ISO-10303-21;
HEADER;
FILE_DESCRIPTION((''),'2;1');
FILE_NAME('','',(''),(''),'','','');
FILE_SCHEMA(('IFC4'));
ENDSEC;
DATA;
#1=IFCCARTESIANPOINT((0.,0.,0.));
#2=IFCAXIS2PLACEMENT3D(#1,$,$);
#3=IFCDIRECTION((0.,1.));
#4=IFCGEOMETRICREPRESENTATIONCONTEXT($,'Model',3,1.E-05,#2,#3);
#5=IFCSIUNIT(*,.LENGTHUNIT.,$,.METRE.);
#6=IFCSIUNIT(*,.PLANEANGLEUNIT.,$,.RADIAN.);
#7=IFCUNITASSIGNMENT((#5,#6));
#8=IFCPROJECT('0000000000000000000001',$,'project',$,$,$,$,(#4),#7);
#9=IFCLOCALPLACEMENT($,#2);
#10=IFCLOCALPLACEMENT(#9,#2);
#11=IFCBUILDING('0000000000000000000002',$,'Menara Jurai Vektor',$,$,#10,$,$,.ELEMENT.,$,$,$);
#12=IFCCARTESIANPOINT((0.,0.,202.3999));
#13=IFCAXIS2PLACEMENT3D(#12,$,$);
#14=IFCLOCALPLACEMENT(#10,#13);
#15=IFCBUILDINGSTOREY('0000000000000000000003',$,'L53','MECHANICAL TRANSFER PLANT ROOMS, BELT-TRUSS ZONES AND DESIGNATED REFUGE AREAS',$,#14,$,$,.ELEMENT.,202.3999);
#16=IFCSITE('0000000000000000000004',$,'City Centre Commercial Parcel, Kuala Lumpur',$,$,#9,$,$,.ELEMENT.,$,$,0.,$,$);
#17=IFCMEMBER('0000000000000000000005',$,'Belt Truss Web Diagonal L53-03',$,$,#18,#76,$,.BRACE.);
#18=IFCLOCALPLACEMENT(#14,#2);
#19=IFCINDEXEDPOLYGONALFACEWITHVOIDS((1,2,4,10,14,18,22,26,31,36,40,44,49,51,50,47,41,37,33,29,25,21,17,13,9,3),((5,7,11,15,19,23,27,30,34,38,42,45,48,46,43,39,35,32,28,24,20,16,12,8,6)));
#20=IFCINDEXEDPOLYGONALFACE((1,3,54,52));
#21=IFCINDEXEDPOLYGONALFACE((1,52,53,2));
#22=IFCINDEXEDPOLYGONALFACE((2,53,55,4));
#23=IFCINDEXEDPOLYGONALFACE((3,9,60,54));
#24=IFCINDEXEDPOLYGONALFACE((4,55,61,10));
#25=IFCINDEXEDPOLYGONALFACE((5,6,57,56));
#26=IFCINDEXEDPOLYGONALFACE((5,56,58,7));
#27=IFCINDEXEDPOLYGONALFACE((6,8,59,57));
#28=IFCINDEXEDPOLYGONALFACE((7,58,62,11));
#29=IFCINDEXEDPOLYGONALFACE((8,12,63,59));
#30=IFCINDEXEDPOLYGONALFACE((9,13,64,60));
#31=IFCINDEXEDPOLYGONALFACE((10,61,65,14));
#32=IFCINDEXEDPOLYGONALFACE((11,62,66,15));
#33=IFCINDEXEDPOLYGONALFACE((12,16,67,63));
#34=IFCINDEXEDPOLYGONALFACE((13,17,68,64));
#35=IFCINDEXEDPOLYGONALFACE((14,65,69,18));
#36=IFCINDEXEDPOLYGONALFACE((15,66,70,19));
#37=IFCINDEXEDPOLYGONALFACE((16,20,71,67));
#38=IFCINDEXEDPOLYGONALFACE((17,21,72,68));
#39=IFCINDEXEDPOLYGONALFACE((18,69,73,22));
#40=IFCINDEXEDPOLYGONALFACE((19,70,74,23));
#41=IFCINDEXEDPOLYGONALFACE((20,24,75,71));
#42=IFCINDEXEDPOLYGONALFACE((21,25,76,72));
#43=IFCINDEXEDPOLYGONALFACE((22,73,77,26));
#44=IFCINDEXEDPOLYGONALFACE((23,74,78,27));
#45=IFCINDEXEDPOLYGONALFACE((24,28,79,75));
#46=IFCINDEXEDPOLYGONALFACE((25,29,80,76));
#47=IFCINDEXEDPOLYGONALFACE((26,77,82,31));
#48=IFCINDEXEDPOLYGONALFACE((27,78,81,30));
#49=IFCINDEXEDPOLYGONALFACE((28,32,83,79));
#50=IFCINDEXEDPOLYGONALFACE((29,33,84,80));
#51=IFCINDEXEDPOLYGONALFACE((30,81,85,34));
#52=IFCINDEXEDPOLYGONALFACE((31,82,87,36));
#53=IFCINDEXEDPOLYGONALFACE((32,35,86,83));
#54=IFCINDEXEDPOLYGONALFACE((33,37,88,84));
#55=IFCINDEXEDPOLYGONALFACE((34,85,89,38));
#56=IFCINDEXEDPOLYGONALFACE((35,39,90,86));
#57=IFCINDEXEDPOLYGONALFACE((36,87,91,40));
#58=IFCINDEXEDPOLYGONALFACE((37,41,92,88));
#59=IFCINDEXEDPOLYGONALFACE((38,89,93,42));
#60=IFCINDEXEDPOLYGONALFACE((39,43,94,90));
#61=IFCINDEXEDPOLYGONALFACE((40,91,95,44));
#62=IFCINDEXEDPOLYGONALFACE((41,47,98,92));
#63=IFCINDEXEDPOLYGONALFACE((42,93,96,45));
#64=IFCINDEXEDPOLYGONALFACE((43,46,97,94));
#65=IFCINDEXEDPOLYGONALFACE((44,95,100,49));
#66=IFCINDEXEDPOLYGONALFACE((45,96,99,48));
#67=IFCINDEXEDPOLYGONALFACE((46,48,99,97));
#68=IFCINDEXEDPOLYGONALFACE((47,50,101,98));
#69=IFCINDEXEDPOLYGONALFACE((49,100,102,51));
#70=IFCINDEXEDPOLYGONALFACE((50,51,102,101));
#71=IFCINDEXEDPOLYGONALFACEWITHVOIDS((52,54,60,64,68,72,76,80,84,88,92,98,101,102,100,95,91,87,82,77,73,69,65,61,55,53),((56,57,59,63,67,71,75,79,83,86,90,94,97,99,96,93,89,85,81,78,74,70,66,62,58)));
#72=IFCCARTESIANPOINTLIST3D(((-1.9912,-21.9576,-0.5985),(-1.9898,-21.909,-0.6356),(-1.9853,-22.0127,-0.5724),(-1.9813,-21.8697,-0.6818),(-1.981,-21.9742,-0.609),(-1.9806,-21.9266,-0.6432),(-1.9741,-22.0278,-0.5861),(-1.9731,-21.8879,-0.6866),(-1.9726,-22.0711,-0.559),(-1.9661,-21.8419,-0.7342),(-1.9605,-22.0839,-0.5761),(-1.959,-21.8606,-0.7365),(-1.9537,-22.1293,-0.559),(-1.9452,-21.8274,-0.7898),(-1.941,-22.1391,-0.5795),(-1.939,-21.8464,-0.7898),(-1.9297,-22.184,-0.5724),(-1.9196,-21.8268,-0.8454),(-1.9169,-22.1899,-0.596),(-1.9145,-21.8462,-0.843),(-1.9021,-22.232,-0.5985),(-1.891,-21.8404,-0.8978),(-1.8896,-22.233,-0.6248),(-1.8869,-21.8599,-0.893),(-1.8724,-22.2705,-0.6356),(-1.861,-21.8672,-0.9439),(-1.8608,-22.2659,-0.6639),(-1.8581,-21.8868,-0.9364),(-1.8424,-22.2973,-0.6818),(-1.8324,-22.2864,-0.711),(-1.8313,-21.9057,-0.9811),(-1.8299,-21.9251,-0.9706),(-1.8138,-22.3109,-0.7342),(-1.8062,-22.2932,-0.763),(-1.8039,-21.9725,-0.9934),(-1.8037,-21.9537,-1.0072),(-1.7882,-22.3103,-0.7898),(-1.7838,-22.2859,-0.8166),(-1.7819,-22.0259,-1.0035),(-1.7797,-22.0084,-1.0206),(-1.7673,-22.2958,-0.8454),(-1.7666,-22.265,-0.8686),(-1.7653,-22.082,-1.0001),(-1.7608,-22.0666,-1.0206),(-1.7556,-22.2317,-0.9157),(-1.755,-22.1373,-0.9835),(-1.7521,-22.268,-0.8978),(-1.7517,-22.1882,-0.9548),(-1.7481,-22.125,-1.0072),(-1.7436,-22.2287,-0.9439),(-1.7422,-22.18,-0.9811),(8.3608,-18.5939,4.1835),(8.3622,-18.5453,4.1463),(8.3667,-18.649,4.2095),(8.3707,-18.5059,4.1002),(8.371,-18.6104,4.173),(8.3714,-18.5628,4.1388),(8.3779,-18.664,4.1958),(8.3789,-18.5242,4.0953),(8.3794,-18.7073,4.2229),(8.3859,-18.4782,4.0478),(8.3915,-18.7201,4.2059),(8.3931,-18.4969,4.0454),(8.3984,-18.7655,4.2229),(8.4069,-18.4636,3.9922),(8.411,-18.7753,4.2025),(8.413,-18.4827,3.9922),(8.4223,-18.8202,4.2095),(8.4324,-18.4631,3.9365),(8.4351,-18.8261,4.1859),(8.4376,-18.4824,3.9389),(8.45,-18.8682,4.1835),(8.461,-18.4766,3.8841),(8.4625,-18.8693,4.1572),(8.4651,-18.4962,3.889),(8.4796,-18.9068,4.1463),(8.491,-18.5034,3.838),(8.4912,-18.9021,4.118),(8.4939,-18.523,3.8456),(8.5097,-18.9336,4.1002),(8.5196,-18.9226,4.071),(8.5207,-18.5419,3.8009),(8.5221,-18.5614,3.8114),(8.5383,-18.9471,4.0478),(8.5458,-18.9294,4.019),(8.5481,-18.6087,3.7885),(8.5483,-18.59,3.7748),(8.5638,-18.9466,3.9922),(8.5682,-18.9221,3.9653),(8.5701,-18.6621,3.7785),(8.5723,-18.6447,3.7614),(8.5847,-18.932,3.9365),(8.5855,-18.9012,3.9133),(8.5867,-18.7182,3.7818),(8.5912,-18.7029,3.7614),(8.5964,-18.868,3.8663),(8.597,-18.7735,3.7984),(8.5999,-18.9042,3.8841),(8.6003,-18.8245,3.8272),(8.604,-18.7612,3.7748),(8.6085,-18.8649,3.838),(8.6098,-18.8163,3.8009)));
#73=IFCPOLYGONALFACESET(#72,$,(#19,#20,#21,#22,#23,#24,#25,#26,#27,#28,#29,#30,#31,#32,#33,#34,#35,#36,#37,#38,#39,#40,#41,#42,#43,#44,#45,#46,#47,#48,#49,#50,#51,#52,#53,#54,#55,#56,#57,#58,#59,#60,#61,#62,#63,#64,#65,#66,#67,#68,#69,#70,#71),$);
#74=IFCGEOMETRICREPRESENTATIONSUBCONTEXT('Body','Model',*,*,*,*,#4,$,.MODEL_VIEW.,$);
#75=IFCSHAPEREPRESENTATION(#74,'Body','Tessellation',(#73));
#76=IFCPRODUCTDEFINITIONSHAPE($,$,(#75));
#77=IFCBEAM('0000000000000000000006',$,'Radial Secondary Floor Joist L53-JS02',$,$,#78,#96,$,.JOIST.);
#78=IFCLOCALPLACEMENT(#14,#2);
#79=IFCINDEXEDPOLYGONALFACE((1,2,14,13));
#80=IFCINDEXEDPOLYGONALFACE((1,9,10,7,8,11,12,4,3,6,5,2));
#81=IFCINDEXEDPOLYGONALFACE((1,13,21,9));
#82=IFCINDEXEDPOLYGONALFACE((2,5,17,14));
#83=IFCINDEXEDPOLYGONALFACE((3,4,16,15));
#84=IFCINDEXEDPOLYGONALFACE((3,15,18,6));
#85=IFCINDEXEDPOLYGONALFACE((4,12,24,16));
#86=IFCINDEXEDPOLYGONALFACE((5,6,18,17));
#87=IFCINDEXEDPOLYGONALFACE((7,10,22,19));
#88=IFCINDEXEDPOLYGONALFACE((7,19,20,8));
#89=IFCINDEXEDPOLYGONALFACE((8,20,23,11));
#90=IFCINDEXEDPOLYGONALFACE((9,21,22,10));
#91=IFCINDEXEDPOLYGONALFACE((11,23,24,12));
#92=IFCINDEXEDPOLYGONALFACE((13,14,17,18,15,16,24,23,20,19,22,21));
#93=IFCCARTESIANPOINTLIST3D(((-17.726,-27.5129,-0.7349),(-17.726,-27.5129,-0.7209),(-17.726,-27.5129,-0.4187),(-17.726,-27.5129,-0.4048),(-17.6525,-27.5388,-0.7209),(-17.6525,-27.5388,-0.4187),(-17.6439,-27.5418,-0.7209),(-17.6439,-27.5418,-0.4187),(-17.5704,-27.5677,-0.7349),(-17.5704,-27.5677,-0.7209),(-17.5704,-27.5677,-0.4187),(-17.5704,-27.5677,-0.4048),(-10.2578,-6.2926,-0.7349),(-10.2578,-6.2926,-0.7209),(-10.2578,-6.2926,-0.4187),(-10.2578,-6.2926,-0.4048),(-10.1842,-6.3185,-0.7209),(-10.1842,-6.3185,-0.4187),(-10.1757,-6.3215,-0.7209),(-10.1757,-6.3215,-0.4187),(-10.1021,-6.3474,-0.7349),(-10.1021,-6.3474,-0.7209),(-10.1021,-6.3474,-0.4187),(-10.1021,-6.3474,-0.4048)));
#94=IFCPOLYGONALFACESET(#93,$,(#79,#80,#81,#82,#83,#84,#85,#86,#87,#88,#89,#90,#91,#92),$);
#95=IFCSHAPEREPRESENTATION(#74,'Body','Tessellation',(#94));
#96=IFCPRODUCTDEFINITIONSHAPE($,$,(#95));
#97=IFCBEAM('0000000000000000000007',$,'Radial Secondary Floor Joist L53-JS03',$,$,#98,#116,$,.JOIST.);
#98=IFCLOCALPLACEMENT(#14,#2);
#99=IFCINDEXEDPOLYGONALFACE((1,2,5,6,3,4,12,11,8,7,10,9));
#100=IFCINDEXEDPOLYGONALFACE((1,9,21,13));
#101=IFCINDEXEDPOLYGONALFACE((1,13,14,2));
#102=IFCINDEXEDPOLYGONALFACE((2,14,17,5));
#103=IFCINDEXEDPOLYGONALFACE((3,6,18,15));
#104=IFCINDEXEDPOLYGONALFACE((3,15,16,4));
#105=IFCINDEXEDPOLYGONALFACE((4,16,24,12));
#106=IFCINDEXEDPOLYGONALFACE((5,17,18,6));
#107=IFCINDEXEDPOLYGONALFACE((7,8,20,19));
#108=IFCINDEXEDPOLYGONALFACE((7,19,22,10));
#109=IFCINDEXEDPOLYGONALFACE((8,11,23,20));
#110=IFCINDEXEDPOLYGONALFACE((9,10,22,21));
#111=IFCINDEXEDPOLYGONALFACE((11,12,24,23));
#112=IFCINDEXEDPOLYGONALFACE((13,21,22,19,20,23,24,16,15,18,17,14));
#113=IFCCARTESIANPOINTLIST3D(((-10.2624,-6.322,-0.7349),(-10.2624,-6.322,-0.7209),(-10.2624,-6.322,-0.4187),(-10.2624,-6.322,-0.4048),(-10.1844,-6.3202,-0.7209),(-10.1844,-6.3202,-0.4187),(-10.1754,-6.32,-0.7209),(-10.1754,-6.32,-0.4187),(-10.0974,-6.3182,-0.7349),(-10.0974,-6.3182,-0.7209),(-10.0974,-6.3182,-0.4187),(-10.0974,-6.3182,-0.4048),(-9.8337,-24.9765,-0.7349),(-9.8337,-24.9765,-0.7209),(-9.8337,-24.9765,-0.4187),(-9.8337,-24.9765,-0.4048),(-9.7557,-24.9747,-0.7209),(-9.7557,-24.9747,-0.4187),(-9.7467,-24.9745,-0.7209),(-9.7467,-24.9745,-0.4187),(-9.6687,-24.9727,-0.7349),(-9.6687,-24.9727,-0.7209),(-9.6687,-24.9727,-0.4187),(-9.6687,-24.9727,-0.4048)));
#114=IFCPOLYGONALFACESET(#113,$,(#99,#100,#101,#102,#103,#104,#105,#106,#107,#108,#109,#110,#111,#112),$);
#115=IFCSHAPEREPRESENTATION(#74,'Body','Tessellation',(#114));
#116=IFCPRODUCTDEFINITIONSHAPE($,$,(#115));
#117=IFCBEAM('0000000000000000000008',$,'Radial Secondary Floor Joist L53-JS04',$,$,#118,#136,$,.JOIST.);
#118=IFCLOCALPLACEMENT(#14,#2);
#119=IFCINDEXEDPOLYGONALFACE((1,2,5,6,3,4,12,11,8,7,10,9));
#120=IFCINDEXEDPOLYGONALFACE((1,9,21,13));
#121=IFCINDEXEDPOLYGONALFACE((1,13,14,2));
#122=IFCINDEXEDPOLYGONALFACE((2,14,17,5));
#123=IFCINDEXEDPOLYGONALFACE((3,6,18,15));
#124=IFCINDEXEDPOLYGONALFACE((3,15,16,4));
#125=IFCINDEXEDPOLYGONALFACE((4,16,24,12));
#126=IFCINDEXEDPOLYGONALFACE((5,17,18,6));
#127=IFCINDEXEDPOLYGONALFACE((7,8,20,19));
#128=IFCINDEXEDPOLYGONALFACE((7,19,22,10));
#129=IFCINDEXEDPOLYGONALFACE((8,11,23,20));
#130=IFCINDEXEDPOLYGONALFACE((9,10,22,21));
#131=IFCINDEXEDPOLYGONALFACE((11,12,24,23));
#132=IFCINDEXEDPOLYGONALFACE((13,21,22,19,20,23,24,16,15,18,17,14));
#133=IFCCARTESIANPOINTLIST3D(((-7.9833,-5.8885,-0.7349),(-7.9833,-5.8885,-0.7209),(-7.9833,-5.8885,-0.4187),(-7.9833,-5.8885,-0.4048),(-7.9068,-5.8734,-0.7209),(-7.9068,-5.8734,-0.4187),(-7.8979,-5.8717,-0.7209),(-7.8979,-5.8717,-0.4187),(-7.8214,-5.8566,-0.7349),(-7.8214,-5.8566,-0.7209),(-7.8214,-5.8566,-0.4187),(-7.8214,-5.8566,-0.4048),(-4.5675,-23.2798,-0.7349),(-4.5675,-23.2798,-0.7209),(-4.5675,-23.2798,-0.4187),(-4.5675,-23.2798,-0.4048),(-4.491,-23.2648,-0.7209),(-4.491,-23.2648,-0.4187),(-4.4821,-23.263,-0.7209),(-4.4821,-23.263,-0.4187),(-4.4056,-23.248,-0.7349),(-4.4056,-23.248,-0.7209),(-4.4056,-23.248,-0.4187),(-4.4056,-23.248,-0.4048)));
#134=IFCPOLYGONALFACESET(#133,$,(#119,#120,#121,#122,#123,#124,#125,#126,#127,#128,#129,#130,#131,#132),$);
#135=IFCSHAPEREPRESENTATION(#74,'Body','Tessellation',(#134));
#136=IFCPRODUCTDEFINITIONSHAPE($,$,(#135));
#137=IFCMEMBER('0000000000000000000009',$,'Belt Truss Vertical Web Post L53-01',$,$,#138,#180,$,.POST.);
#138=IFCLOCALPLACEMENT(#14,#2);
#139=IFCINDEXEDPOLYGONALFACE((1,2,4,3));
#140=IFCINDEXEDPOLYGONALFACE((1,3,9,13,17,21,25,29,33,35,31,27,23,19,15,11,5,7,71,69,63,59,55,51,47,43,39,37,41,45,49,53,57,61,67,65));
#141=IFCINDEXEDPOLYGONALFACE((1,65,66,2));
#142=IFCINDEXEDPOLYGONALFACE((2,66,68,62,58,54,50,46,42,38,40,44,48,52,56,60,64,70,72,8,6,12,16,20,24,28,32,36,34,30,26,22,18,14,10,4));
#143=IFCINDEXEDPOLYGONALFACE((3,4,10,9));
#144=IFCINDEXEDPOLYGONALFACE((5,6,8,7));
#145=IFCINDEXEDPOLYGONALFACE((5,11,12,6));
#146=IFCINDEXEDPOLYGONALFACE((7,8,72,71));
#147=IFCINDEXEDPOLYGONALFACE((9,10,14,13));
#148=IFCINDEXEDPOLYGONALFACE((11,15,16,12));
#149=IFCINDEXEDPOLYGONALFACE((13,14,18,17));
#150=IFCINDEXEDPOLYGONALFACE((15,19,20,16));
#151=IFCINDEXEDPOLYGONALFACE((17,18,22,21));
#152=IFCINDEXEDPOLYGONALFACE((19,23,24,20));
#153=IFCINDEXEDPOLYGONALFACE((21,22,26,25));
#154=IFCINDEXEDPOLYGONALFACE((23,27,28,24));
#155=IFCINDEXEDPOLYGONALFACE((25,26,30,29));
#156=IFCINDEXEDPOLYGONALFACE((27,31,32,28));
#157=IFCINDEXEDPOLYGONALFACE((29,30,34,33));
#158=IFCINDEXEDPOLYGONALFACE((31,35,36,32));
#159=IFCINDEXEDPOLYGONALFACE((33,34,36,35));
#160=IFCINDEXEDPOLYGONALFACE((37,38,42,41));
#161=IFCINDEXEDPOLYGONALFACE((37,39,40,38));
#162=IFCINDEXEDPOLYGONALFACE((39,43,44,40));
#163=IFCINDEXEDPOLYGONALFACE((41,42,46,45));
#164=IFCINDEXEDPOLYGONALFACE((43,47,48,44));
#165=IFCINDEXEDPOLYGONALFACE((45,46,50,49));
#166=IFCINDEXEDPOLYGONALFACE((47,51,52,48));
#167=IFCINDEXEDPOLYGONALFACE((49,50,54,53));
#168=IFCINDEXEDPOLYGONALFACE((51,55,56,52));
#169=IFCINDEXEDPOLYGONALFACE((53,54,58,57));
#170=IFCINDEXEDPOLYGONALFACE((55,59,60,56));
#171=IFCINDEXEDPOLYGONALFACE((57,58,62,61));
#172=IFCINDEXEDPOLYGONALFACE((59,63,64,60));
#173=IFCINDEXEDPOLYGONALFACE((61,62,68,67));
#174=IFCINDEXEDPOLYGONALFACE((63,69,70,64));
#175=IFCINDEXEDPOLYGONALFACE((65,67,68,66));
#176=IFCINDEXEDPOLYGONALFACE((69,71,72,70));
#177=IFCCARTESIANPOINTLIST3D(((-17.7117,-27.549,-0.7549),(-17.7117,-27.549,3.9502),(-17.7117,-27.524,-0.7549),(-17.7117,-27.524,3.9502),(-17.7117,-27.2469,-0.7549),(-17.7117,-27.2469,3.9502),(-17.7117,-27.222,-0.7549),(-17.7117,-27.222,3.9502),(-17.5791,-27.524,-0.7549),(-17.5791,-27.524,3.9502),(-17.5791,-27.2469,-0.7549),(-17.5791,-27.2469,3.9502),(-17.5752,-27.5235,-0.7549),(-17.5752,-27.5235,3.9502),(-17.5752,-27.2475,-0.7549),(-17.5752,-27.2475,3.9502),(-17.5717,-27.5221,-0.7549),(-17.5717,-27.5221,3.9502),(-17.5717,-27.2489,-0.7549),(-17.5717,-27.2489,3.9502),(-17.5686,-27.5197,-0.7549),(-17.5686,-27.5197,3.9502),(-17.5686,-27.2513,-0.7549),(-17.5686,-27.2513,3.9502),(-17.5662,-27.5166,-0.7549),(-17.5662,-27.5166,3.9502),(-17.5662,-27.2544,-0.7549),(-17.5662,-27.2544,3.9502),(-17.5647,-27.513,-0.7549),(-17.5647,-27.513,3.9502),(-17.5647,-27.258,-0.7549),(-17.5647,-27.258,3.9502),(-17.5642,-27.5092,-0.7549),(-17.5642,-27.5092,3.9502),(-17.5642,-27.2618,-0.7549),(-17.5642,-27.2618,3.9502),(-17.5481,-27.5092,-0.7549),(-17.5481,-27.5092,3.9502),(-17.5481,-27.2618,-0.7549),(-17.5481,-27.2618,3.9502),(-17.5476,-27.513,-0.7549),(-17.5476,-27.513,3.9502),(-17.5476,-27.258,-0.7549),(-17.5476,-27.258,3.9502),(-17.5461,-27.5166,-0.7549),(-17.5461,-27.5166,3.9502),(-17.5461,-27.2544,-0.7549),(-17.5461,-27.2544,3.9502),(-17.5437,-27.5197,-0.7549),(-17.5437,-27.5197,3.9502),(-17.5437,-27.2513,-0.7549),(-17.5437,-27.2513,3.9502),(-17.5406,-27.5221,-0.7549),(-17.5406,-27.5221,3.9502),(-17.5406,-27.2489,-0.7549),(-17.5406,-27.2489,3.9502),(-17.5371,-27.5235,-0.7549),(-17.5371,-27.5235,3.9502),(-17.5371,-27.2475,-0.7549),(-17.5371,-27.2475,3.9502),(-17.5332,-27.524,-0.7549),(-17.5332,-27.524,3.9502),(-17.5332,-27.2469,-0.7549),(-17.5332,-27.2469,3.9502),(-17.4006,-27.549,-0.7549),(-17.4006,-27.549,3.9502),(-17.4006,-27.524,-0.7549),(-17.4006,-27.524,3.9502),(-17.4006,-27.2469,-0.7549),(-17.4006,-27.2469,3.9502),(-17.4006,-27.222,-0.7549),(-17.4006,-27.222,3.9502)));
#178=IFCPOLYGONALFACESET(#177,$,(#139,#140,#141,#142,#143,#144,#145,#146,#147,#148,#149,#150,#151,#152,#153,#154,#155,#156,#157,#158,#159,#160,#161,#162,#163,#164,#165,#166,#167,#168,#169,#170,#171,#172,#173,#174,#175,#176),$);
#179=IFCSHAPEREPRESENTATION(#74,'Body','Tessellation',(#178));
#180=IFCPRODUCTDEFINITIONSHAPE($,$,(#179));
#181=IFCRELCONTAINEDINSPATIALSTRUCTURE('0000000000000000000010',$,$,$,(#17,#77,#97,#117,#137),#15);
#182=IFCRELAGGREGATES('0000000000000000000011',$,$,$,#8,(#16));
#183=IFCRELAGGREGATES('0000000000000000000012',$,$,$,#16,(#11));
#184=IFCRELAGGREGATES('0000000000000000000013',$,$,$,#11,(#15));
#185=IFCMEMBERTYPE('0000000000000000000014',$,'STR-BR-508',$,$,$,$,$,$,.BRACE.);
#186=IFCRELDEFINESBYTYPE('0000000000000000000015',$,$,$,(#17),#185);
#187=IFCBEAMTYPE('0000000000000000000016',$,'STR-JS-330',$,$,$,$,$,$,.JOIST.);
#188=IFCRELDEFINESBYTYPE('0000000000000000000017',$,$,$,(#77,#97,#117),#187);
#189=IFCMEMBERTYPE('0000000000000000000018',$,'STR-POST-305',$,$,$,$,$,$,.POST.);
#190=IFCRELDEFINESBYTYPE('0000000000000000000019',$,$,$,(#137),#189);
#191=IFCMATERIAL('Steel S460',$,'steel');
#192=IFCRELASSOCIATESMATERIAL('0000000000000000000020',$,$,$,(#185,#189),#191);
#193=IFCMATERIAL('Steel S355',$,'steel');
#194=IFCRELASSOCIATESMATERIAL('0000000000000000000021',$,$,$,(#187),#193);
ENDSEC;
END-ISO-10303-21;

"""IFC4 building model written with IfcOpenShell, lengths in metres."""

from ifc_helpers import new_model, si_unit, direction, frame, origin, origin_2d, place, context, subcontext, project, spatial, hollow_circle, i_section, extrude, material, material_profile, profile_set, type_object, element, save


model = new_model("IFC4")

# Units and contexts
model_context = context("Model", 3, precision=1e-05, world=origin(), true_north=direction((0.0, 1.0)))
body_context = subcontext(model_context, "Body", "Model", "MODEL_VIEW")
ifc_project = project(units=[si_unit("LENGTHUNIT", "METRE"), si_unit("PLANEANGLEUNIT", "RADIAN")], contexts=[model_context])

# Site, building, storey
site_placement = place(None, origin())
site = spatial("IfcSite", under=ifc_project, at=site_placement, Name="City Centre Commercial Parcel, Kuala Lumpur", CompositionType="ELEMENT", RefElevation=0.0)
building_placement = place(site_placement, origin())
building = spatial("IfcBuilding", under=site, at=building_placement, Name="Menara Jurai Vektor", CompositionType="ELEMENT")
storey_placement = place(building_placement, frame((0.0, 0.0, 202.3999)))
storey = spatial("IfcBuildingStorey", under=building, at=storey_placement, Name="L53", Description="MECHANICAL TRANSFER PLANT ROOMS, BELT-TRUSS ZONES AND DESIGNATED REFUGE AREAS", CompositionType="ELEMENT", Elevation=202.3999)

# Shared definitions
ifc_material_1 = material(Name="Steel S460", Category="steel")

# Member
ifc_material_profile_1 = material_profile(ifc_material_1, hollow_circle(Radius=0.2539, WallThickness=0.02, at=origin_2d()), Name="CHS 508x20")
ifc_profile_set_1 = profile_set([ifc_material_profile_1], Name="Steel S460")
member_type_1 = type_object("IfcMemberType", Name="STR-BR-508", PredefinedType="BRACE", material=ifc_profile_set_1)
member_1_placement = place(storey_placement, frame((-1.8667, -22.0688, -0.7898), z_axis=(0.870728, 0.282932, 0.402221), x_axis=(-0.309032, 0.951052, 0.0)))
element("IfcMember", 1, at=member_1_placement, inside=storey, type_object=member_type_1, Name="Belt Truss Web Diagonal L53-03", PredefinedType="BRACE", context=body_context, shape_type="SweptSolid", body=[
    extrude(hollow_circle(Radius=0.2539, WallThickness=0.02, at=origin_2d()), origin(), (0.0, 0.0, 1.0), 11.8889),
])

# Beams
ifc_material_2 = material(Name="Steel S355", Category="steel")
ifc_material_profile_2 = material_profile(ifc_material_2, i_section(OverallWidth=0.165, OverallDepth=0.3301, WebThickness=0.009, FlangeThickness=0.0139, at=origin_2d()), Name="PG 330x165x46")
ifc_profile_set_2 = profile_set([ifc_material_profile_2], Name="Steel S355")
beam_type_1 = type_object("IfcBeamType", Name="STR-JS-330", PredefinedType="JOIST", material=ifc_profile_set_2)
beam_1_placement = place(storey_placement, frame((-17.6482, -27.5403, -0.5698), z_axis=(0.331981, 0.943286, 0.0), x_axis=(-0.943286, 0.331981, 0.0)))
element("IfcBeam", 2, at=beam_1_placement, inside=storey, type_object=beam_type_1, Name="Radial Secondary Floor Joist L53-JS02", PredefinedType="JOIST", context=body_context, shape_type="SweptSolid", body=[
    extrude(i_section(OverallWidth=0.165, OverallDepth=0.3301, WebThickness=0.009, FlangeThickness=0.0139, at=origin_2d()), origin(), (0.0, 0.0, 1.0), 22.4961),
])
beam_2_placement = place(storey_placement, frame((-9.7512, -24.9746, -0.5698), z_axis=(-0.022976, 0.999736, 0.0), x_axis=(-0.999736, -0.022976, 0.0)))
element("IfcBeam", 3, at=beam_2_placement, inside=storey, type_object=beam_type_1, Name="Radial Secondary Floor Joist L53-JS03", PredefinedType="JOIST", context=body_context, shape_type="SweptSolid", body=[
    extrude(i_section(OverallWidth=0.165, OverallDepth=0.3301, WebThickness=0.009, FlangeThickness=0.0139, at=origin_2d()), origin(), (0.0, 0.0, 1.0), 18.6594),
])
beam_3_placement = place(storey_placement, frame((-4.4866, -23.2639, -0.5698), z_axis=(-0.192724, 0.981253, 0.0), x_axis=(-0.981253, -0.192724, 0.0)))
element("IfcBeam", 4, at=beam_3_placement, inside=storey, type_object=beam_type_1, Name="Radial Secondary Floor Joist L53-JS04", PredefinedType="JOIST", context=body_context, shape_type="SweptSolid", body=[
    extrude(i_section(OverallWidth=0.165, OverallDepth=0.3301, WebThickness=0.009, FlangeThickness=0.0139, at=origin_2d()), origin(), (0.0, 0.0, 1.0), 17.7236),
])

# Member
ifc_material_profile_3 = material_profile(ifc_material_1, i_section(OverallWidth=0.311, OverallDepth=0.3269, WebThickness=0.0161, FlangeThickness=0.0249, FilletRadius=0.0149, at=origin_2d()), Name="UKC 305x305x158")
ifc_profile_set_3 = profile_set([ifc_material_profile_3], Name="Steel S460")
member_type_2 = type_object("IfcMemberType", Name="STR-POST-305", PredefinedType="POST", material=ifc_profile_set_3)
member_2_placement = place(storey_placement, frame((-17.5562, -27.3855, -0.7549), z_axis=(0.0, 0.0, 1.0), x_axis=(1.0, 0.0, 0.0)))
element("IfcMember", 5, at=member_2_placement, inside=storey, type_object=member_type_2, Name="Belt Truss Vertical Web Post L53-01", PredefinedType="POST", context=body_context, shape_type="SweptSolid", body=[
    extrude(i_section(OverallWidth=0.311, OverallDepth=0.3269, WebThickness=0.0161, FlangeThickness=0.0249, FilletRadius=0.0149, at=origin_2d()), origin(), (0.0, 0.0, 1.0), 4.7051),
])

save(model, "model.ifc")
